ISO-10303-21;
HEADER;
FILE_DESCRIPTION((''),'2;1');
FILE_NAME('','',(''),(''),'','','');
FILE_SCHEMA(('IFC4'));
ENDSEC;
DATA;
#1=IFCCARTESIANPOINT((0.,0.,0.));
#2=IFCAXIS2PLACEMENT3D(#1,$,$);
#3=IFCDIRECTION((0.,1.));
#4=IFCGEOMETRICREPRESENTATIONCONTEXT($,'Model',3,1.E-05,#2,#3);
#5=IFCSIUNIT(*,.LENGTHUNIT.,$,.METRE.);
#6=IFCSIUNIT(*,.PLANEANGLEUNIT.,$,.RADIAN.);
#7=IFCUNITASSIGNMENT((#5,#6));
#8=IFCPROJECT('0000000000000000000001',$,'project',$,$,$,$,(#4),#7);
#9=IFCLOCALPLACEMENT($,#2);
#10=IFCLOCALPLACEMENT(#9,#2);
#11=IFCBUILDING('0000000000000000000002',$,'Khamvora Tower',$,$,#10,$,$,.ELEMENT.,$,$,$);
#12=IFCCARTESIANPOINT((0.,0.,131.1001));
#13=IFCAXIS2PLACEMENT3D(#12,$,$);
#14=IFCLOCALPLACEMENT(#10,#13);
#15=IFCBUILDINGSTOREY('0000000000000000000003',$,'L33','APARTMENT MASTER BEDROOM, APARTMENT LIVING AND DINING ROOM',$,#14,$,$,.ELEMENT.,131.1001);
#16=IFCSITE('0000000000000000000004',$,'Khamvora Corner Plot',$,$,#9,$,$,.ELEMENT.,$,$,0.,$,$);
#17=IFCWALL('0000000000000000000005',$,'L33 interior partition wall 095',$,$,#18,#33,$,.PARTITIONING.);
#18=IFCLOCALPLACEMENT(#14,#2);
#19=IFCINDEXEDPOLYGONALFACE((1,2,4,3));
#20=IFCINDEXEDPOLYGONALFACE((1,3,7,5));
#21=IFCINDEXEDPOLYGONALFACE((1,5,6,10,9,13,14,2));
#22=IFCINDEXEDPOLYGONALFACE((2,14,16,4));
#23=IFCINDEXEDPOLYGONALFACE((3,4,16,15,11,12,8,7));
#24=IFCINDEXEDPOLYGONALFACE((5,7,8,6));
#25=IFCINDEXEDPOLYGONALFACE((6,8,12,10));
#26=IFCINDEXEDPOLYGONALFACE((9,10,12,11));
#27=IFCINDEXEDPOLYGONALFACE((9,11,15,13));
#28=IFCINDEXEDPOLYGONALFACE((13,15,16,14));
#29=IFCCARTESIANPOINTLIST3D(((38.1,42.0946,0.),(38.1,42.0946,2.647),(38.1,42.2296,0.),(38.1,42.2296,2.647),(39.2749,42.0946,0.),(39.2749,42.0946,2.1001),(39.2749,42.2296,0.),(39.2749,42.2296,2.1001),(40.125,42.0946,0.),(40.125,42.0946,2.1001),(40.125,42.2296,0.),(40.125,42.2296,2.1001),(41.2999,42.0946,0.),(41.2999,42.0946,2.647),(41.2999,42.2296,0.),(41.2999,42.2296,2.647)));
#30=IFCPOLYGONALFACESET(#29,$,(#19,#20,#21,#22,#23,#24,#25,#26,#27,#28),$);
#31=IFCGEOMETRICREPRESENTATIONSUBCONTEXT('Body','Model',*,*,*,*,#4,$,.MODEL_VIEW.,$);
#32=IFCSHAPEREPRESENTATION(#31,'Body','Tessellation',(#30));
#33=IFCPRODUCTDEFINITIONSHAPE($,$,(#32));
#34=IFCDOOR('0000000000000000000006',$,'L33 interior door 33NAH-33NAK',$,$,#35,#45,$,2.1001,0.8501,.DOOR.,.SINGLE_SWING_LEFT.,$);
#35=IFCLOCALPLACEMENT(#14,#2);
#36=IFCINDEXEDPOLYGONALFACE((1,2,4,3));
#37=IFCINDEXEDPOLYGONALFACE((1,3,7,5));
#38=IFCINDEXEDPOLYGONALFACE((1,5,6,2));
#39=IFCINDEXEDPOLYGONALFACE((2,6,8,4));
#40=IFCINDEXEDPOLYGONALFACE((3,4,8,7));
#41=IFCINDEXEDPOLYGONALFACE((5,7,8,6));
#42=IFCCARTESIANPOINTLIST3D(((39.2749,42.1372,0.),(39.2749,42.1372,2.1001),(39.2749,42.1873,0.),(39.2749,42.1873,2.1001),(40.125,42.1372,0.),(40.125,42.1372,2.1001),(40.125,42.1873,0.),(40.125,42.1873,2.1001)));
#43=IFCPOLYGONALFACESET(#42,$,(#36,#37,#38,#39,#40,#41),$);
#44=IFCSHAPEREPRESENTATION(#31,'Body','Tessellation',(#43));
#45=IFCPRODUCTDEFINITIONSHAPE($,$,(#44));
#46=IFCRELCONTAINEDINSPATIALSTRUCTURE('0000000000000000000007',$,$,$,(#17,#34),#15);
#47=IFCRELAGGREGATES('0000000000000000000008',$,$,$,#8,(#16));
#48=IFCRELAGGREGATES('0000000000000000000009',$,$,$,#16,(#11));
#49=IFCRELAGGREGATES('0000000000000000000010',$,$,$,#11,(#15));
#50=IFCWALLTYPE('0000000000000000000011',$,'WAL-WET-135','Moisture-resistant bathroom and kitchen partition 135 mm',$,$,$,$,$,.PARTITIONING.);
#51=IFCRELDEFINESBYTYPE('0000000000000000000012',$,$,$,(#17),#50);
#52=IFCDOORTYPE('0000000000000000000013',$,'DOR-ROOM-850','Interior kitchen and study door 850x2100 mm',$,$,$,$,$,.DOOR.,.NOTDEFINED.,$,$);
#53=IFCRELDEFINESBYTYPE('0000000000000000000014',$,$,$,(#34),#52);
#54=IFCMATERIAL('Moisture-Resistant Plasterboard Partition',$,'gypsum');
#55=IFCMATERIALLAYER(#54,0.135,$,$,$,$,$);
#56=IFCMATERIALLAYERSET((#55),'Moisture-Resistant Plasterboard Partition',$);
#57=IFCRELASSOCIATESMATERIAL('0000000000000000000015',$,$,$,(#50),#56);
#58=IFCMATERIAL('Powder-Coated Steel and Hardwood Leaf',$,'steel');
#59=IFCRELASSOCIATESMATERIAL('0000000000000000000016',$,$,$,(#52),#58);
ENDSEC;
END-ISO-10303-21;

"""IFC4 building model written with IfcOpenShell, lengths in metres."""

from ifc_helpers import new_model, si_unit, direction, frame, frame_2d, origin, place, context, subcontext, project, spatial, rectangle, extrude, material, layer, layer_set, type_object, element, fill, save


model = new_model("IFC4")

# Units and contexts
model_context = context("Model", 3, precision=1e-05, world=origin(), true_north=direction((0.0, 1.0)))
body_context = subcontext(model_context, "Body", "Model", "MODEL_VIEW")
ifc_project = project(units=[si_unit("LENGTHUNIT", "METRE"), si_unit("PLANEANGLEUNIT", "RADIAN")], contexts=[model_context])

# Site, building, storey
site_placement = place(None, origin())
site = spatial("IfcSite", under=ifc_project, at=site_placement, Name="Khamvora Corner Plot", CompositionType="ELEMENT", RefElevation=0.0)
building_placement = place(site_placement, origin())
building = spatial("IfcBuilding", under=site, at=building_placement, Name="Khamvora Tower", CompositionType="ELEMENT")
storey_placement = place(building_placement, frame((0.0, 0.0, 131.1001)))
storey = spatial("IfcBuildingStorey", under=building, at=storey_placement, Name="L33", Description="APARTMENT MASTER BEDROOM, APARTMENT LIVING AND DINING ROOM", CompositionType="ELEMENT", Elevation=131.1001)

# Shared definitions
ifc_material_1 = material(Name="Powder-Coated Steel and Hardwood Leaf", Category="steel")

# Wall, opening, door
ifc_material_2 = material(Name="Moisture-Resistant Plasterboard Partition", Category="gypsum")
ifc_layer_1 = layer(ifc_material_2, 0.135)
ifc_layer_set_1 = layer_set([ifc_layer_1], Name="Moisture-Resistant Plasterboard Partition")
wall_type_1 = type_object("IfcWallType", Name="WAL-WET-135", Description="Moisture-resistant bathroom and kitchen partition 135 mm", PredefinedType="PARTITIONING", material=ifc_layer_set_1)
wall_1_placement = place(storey_placement, frame((41.3, 42.1621, 0.0), z_axis=(0.0, 0.0, 1.0), x_axis=(-1.0, 0.0, 0.0)))
wall_1 = element("IfcWall", 1, at=wall_1_placement, inside=storey, type_object=wall_type_1, Name="L33 interior partition wall 095", PredefinedType="PARTITIONING", context=body_context, shape_type="SweptSolid", body=[
    extrude(rectangle(XDim=3.2, YDim=0.135, at=frame_2d((1.6001, 0.0))), origin(), (0.0, 0.0, 1.0), 2.647),
])
opening_1_placement = place(wall_1_placement, frame((1.175, 0.0, 0.0)))
opening_1 = element("IfcOpeningElement", 2, at=opening_1_placement, cuts=wall_1, PredefinedType="OPENING", context=body_context, shape_type="SweptSolid", body=[
    extrude(rectangle(XDim=0.8501, YDim=2.1001, at=frame_2d((0.425, 1.05))), frame((0.0, 0.0774, 0.0), z_axis=(0.0, -1.0, 0.0), x_axis=(1.0, 0.0, 0.0)), (0.0, 0.0, 1.0), 0.155),
])
door_type_1 = type_object("IfcDoorType", Name="DOR-ROOM-850", Description="Interior kitchen and study door 850x2100 mm", OperationType="NOTDEFINED", PredefinedType="DOOR", material=ifc_material_1)
door_1_placement = place(opening_1_placement, origin())
door_1 = element("IfcDoor", 3, at=door_1_placement, inside=storey, type_object=door_type_1, Name="L33 interior door 33NAH-33NAK", OperationType="SINGLE_SWING_LEFT", OverallHeight=2.1001, OverallWidth=0.8501, PredefinedType="DOOR", context=body_context, shape_type="SweptSolid", body=[
    extrude(rectangle(XDim=0.8501, YDim=2.1001, at=frame_2d((0.425, 1.05))), frame((0.0, 0.0249, 0.0), z_axis=(0.0, -1.0, 0.0), x_axis=(1.0, 0.0, 0.0)), (0.0, 0.0, 1.0), 0.05),
])
fill(opening_1, door_1)

save(model, "model.ifc")
